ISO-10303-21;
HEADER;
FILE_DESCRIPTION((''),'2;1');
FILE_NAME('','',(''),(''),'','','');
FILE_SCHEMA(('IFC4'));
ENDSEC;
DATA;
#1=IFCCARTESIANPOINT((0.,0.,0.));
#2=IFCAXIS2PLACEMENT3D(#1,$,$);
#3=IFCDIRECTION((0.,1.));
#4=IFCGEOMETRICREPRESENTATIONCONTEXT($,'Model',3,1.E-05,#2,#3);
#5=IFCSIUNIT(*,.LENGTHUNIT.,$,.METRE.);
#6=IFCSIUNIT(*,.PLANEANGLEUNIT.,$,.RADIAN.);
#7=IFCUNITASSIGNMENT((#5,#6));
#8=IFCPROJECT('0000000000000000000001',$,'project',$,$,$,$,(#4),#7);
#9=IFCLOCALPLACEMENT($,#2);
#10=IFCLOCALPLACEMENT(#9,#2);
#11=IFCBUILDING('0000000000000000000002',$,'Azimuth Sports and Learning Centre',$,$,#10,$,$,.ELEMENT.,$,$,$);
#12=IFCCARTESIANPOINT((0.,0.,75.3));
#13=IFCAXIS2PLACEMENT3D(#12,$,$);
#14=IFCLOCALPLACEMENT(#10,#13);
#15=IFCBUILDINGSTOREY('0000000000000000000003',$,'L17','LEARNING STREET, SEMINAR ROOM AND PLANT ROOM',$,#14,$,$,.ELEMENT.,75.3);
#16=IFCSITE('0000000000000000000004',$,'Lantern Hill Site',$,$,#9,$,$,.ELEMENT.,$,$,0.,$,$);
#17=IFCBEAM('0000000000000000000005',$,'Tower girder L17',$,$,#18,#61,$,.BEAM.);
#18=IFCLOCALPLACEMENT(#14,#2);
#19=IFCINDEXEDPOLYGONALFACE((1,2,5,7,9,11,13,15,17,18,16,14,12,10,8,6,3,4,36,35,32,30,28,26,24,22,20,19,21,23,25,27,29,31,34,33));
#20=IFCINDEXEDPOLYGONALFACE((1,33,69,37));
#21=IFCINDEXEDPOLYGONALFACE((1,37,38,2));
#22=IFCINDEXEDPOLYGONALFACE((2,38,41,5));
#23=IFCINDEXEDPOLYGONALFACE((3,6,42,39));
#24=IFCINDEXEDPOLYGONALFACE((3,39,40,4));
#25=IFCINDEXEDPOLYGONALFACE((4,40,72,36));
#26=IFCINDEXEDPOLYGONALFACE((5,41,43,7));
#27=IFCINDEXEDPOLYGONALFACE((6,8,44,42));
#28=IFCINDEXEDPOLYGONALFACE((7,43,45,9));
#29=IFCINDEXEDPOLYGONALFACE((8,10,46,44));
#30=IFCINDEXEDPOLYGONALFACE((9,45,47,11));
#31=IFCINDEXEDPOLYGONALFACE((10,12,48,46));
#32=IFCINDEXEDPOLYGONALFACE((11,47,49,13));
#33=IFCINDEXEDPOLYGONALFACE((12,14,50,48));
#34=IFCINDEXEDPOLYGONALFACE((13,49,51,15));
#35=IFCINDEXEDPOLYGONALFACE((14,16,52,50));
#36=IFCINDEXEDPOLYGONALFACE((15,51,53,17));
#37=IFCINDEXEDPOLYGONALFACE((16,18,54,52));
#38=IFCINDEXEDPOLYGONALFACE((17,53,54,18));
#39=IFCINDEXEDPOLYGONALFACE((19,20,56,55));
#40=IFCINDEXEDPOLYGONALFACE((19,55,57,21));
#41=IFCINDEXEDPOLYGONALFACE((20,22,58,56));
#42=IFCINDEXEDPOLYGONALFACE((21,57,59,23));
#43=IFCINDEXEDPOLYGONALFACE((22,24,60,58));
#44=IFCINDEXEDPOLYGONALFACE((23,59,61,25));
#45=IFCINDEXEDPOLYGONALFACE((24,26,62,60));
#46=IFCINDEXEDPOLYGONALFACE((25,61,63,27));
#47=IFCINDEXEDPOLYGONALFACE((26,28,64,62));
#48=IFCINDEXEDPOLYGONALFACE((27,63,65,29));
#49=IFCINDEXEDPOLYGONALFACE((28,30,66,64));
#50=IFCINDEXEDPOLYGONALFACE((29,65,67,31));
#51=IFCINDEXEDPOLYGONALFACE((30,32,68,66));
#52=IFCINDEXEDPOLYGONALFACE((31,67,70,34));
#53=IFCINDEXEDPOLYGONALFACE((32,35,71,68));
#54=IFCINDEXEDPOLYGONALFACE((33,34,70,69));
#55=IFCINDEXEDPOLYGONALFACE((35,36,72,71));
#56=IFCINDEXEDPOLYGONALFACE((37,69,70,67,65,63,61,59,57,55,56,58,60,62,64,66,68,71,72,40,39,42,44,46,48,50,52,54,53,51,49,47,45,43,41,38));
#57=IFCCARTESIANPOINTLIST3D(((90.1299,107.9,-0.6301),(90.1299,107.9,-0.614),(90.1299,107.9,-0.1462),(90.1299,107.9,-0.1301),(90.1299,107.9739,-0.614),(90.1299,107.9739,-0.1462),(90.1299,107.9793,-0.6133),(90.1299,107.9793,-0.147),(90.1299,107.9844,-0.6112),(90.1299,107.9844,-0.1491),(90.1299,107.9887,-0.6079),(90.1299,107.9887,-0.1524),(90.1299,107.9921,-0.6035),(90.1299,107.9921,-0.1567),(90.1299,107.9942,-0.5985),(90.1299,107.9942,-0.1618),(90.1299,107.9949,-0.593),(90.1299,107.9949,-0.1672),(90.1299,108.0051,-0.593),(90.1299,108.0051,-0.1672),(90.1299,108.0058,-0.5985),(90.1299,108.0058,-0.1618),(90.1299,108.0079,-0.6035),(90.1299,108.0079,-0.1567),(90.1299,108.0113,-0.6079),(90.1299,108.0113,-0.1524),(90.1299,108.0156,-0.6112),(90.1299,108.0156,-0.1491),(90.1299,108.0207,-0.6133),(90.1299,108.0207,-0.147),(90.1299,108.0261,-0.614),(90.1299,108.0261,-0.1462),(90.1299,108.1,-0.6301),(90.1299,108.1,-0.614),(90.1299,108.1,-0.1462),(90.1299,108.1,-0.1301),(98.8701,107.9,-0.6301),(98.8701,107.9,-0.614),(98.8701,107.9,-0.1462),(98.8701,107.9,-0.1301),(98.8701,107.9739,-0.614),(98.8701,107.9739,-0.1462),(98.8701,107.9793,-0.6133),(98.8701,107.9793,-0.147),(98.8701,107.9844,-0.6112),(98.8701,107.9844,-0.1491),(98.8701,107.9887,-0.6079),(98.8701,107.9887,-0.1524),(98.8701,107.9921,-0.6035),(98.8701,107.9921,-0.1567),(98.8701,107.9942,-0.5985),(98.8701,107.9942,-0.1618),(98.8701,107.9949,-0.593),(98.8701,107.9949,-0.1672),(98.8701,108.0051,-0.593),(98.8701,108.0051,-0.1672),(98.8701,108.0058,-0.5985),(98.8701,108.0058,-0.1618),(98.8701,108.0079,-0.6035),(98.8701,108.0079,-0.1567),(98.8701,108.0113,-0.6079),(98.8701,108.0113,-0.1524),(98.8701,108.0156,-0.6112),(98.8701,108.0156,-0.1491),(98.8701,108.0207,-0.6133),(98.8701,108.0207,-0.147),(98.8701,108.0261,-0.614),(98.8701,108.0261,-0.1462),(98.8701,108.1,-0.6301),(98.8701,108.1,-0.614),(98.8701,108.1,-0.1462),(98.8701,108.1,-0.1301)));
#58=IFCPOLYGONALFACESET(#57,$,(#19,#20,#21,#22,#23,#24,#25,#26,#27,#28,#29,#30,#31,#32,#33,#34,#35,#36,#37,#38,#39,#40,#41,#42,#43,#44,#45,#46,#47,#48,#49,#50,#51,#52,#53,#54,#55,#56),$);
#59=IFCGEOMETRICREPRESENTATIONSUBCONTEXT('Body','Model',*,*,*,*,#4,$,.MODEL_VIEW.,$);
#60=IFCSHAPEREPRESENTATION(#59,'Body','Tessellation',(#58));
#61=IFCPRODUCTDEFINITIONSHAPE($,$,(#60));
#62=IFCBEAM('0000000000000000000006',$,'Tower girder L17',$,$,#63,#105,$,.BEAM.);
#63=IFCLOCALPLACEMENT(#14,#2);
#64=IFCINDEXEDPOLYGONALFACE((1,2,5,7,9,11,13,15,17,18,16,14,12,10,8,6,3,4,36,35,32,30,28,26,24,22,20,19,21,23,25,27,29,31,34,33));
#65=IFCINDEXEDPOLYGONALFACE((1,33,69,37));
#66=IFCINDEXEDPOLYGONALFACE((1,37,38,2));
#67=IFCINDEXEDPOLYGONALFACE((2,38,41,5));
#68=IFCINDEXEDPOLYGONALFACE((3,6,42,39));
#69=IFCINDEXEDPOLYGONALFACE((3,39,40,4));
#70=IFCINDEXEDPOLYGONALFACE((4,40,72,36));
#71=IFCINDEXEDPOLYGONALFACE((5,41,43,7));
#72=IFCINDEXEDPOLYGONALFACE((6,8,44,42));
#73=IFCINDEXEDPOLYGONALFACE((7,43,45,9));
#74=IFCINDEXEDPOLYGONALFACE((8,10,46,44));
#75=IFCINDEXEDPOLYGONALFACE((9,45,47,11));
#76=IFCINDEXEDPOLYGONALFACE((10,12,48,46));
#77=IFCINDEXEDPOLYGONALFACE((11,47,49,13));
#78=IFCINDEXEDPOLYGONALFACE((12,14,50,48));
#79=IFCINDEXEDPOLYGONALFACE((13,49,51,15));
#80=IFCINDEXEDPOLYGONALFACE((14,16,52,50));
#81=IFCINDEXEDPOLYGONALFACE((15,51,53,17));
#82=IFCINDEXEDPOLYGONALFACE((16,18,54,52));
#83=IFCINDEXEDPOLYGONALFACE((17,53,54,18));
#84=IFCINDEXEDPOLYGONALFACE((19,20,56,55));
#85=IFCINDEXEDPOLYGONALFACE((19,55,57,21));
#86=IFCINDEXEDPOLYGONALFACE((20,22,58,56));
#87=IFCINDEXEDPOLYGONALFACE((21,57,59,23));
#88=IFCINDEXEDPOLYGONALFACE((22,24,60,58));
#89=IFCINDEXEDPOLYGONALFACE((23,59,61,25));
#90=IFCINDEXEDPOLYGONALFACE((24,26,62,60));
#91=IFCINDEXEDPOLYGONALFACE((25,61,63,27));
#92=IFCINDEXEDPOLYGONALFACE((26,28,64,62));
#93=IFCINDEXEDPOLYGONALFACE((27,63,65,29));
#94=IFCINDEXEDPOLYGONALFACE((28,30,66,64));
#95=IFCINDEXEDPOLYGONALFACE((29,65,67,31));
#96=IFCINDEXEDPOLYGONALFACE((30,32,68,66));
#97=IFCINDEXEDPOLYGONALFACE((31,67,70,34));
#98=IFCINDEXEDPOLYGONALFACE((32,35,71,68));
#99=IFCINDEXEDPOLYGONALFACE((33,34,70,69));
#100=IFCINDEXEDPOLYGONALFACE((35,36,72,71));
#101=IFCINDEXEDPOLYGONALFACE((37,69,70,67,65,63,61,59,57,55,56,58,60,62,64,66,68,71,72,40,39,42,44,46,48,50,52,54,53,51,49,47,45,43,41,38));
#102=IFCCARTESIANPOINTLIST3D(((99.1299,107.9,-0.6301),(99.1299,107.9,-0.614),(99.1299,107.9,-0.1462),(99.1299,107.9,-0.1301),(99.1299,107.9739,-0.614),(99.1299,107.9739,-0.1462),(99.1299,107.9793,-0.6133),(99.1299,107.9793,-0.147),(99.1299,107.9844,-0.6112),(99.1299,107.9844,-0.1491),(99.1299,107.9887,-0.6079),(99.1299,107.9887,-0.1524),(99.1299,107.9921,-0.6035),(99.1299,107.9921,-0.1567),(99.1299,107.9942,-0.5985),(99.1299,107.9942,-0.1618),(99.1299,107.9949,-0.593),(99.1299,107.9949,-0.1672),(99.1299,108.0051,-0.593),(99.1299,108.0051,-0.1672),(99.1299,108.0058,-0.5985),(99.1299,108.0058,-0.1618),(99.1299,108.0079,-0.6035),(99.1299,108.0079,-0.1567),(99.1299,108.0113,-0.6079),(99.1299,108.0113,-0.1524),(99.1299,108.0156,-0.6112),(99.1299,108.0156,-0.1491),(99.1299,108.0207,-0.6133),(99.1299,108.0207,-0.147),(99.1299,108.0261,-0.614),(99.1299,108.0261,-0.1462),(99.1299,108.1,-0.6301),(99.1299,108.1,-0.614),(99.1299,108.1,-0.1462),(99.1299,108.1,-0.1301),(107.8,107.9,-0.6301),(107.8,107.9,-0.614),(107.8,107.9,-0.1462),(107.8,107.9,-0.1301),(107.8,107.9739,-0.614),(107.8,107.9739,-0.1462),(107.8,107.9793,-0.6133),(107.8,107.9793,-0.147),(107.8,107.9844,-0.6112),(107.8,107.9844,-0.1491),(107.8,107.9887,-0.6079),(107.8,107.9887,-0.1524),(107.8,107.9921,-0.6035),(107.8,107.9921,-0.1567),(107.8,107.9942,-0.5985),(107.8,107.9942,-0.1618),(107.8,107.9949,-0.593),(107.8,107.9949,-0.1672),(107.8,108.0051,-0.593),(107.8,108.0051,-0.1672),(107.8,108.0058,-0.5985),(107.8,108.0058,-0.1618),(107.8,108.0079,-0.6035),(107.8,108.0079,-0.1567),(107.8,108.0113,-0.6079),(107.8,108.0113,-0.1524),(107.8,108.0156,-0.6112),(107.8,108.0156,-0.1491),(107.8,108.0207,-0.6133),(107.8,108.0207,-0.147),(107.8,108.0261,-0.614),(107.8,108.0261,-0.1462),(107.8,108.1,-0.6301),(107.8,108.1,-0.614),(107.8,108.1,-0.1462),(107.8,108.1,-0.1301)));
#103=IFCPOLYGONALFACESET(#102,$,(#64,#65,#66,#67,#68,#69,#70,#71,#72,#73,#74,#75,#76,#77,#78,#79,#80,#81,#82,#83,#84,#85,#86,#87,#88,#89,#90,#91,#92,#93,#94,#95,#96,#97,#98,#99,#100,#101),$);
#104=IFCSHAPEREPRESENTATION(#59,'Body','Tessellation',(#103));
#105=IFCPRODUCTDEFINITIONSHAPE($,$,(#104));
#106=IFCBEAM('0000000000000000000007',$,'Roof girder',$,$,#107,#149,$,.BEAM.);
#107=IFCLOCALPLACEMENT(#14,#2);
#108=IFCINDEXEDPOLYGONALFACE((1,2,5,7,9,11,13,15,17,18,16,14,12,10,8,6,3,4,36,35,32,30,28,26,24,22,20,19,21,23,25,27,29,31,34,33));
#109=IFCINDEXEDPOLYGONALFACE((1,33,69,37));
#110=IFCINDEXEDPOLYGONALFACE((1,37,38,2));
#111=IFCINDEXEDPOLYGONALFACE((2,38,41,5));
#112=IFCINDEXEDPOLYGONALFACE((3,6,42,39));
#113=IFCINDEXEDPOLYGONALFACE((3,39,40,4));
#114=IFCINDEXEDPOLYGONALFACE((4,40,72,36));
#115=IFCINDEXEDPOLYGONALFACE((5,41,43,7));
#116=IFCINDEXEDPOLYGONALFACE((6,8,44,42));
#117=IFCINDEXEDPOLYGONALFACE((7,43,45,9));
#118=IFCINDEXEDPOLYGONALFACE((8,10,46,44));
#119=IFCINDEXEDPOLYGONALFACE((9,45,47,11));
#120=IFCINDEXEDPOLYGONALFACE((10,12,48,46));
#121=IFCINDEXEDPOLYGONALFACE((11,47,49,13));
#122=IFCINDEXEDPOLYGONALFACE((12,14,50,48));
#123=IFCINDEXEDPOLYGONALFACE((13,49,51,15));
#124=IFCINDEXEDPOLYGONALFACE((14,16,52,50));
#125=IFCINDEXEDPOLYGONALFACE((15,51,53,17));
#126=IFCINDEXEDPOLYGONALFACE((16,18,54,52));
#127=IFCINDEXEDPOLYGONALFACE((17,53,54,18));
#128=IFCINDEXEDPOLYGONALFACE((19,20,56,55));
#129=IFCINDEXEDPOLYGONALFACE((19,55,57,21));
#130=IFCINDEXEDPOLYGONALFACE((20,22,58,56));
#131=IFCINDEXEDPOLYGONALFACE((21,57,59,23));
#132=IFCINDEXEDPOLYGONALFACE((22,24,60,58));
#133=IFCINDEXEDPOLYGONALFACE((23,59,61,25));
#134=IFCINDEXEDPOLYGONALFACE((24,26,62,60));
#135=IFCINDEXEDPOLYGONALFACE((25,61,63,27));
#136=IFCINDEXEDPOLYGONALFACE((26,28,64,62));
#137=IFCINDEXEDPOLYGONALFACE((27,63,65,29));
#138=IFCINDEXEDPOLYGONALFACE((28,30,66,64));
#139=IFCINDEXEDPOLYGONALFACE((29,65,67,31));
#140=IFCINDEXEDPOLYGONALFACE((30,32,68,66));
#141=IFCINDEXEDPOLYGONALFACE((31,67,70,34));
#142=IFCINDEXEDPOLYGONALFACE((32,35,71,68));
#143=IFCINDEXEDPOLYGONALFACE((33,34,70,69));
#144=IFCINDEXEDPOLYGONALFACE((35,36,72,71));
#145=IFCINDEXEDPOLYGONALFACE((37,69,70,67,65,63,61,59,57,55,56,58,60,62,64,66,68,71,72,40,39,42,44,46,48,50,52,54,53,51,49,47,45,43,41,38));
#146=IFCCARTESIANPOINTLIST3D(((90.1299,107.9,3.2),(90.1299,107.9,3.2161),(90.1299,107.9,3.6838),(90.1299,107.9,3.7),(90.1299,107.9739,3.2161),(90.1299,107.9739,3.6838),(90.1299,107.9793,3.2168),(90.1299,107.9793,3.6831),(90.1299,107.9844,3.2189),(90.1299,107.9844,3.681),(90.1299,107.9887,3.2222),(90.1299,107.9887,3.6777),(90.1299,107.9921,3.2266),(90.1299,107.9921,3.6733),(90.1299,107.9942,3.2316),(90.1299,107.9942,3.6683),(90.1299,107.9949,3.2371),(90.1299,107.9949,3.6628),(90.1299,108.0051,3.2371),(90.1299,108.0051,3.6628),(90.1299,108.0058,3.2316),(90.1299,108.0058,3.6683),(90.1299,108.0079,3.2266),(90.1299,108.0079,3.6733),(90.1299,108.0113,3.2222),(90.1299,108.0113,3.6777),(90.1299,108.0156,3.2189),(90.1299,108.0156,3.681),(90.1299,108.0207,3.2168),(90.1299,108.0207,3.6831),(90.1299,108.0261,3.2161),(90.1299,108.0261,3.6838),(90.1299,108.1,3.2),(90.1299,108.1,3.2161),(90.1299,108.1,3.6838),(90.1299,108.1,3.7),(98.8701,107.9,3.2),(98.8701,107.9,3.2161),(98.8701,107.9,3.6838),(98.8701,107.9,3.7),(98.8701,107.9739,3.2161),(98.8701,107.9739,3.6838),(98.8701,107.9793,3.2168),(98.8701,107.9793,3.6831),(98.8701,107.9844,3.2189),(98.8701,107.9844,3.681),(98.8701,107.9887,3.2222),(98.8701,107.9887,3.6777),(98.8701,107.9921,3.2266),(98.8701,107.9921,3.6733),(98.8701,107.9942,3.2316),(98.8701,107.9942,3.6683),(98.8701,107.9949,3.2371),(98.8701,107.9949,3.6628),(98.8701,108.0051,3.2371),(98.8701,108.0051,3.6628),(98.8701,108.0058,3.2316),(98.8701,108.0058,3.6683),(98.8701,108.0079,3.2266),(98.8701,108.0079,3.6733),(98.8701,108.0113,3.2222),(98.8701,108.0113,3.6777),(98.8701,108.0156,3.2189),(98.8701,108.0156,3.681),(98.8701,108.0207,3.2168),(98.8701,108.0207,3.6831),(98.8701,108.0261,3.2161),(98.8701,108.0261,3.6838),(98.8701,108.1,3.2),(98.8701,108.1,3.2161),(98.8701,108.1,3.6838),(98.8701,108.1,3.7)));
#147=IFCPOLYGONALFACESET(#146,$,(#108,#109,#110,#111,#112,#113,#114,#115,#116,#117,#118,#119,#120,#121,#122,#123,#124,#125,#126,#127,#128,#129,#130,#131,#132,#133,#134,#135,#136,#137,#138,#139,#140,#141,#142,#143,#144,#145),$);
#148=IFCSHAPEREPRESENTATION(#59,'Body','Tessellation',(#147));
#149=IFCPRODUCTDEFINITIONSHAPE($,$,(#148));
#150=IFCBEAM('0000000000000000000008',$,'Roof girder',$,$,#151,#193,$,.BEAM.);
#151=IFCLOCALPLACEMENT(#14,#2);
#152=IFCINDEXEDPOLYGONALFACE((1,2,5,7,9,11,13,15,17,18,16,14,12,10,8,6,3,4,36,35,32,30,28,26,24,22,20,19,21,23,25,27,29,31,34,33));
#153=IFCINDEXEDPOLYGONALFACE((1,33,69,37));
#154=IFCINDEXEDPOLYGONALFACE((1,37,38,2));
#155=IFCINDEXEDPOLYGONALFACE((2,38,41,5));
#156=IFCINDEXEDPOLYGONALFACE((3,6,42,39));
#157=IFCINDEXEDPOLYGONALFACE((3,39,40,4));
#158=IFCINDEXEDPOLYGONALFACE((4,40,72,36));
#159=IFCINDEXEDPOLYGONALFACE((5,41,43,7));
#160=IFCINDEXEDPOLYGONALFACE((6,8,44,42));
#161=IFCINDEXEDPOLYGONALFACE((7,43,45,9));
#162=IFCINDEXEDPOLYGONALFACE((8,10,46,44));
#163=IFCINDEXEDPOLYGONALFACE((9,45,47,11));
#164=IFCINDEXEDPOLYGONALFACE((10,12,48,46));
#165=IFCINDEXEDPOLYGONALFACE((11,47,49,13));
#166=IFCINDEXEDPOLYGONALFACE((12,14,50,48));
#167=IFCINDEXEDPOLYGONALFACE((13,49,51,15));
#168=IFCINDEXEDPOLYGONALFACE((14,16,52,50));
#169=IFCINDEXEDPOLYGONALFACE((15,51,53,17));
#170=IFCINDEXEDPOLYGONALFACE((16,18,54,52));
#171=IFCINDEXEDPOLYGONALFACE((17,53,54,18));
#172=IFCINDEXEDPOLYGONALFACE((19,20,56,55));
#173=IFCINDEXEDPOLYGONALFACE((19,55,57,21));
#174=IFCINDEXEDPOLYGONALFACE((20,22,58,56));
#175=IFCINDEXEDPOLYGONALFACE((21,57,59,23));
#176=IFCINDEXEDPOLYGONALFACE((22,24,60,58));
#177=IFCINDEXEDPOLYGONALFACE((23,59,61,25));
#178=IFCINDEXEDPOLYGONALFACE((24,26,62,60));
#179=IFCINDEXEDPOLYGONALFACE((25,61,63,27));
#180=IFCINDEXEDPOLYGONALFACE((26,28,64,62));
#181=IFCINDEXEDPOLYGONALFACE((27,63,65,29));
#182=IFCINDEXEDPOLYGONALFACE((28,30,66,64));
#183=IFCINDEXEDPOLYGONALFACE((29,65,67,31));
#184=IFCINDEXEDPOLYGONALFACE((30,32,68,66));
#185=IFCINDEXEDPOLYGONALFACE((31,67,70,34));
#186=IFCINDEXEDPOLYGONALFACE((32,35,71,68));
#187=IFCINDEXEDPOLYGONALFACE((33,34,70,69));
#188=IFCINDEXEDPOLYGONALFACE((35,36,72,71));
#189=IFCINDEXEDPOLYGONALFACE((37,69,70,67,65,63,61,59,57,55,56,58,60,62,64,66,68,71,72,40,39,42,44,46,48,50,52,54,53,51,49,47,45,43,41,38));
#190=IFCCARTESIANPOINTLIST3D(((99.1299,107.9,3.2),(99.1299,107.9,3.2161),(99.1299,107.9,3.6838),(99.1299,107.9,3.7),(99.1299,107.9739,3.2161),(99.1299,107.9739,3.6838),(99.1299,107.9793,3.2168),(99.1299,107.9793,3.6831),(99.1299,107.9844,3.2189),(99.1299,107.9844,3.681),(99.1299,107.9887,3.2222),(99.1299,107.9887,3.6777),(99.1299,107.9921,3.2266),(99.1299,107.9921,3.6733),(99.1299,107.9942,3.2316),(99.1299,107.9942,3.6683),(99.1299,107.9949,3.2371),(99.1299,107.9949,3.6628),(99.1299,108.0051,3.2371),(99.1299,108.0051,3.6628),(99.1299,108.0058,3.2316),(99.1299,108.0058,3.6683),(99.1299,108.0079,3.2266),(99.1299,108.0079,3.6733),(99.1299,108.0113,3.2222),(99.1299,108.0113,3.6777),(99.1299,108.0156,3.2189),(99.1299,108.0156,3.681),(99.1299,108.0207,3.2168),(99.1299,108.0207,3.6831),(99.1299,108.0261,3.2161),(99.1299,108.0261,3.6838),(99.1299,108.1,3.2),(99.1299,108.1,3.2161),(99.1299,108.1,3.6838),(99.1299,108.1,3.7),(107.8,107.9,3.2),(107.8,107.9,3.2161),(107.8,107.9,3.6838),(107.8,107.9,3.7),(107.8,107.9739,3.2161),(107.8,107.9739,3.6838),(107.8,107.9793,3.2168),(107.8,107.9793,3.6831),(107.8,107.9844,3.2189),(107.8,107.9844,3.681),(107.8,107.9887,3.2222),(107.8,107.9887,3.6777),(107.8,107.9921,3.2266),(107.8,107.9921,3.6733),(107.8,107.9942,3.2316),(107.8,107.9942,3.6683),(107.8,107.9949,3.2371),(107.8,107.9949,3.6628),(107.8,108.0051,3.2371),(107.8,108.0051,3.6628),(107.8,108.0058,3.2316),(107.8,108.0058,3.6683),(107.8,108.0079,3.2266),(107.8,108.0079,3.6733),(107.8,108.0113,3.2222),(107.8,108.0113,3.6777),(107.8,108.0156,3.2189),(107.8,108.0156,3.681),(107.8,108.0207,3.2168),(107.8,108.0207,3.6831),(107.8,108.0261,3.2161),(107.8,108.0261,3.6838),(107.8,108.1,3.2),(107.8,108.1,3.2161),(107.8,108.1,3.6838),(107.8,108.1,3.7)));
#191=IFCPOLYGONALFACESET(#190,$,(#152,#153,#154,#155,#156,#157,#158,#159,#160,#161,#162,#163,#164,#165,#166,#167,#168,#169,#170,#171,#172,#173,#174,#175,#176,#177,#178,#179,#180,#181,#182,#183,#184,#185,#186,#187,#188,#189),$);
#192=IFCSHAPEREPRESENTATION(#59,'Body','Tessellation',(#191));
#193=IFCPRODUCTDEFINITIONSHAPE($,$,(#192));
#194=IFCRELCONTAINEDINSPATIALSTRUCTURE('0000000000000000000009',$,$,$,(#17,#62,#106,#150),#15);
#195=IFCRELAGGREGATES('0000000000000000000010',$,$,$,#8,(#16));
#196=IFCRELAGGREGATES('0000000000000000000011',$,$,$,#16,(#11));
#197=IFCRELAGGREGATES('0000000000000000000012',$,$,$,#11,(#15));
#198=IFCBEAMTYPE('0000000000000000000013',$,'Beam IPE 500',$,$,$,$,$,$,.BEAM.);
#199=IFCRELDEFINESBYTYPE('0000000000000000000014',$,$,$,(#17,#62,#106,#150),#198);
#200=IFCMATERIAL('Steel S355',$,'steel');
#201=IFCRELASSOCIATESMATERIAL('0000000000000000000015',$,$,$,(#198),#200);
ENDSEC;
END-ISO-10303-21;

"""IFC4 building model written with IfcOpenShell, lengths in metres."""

from ifc_helpers import new_model, si_unit, direction, frame, origin, origin_2d, place, context, subcontext, project, spatial, i_section, extrude, material, material_profile, profile_set, type_object, element, save


model = new_model("IFC4")

# Units and contexts
model_context = context("Model", 3, precision=1e-05, world=origin(), true_north=direction((0.0, 1.0)))
body_context = subcontext(model_context, "Body", "Model", "MODEL_VIEW")
ifc_project = project(units=[si_unit("LENGTHUNIT", "METRE"), si_unit("PLANEANGLEUNIT", "RADIAN")], contexts=[model_context])

# Site, building, storey
site_placement = place(None, origin())
site = spatial("IfcSite", under=ifc_project, at=site_placement, Name="Lantern Hill Site", CompositionType="ELEMENT", RefElevation=0.0)
building_placement = place(site_placement, origin())
building = spatial("IfcBuilding", under=site, at=building_placement, Name="Azimuth Sports and Learning Centre", CompositionType="ELEMENT")
storey_placement = place(building_placement, frame((0.0, 0.0, 75.3)))
storey = spatial("IfcBuildingStorey", under=building, at=storey_placement, Name="L17", Description="LEARNING STREET, SEMINAR ROOM AND PLANT ROOM", CompositionType="ELEMENT", Elevation=75.3)

# Beams
ifc_material_1 = material(Name="Steel S355", Category="steel")
ifc_material_profile_1 = material_profile(ifc_material_1, i_section(OverallWidth=0.2, OverallDepth=0.5, WebThickness=0.0103, FlangeThickness=0.0161, FilletRadius=0.021, at=origin_2d()), Name="IPE 500")
ifc_profile_set_1 = profile_set([ifc_material_profile_1], Name="Steel S355")
beam_type_1 = type_object("IfcBeamType", Name="Beam IPE 500", PredefinedType="BEAM", material=ifc_profile_set_1)
beam_1_placement = place(storey_placement, frame((90.1299, 108.0, -0.3801), z_axis=(1.0, 0.0, 0.0), x_axis=(0.0, 1.0, 0.0)))
element("IfcBeam", 1, at=beam_1_placement, inside=storey, type_object=beam_type_1, Name="Tower girder L17", PredefinedType="BEAM", context=body_context, shape_type="SweptSolid", body=[
    extrude(i_section(OverallWidth=0.2, OverallDepth=0.5, WebThickness=0.0103, FlangeThickness=0.0161, FilletRadius=0.021, at=origin_2d()), origin(), (0.0, 0.0, 1.0), 8.7402),
])
beam_2_placement = place(storey_placement, frame((99.1299, 108.0, -0.3801), z_axis=(1.0, 0.0, 0.0), x_axis=(0.0, 1.0, 0.0)))
element("IfcBeam", 2, at=beam_2_placement, inside=storey, type_object=beam_type_1, Name="Tower girder L17", PredefinedType="BEAM", context=body_context, shape_type="SweptSolid", body=[
    extrude(i_section(OverallWidth=0.2, OverallDepth=0.5, WebThickness=0.0103, FlangeThickness=0.0161, FilletRadius=0.021, at=origin_2d()), origin(), (0.0, 0.0, 1.0), 8.6702),
])
beam_3_placement = place(storey_placement, frame((90.1299, 108.0, 3.45), z_axis=(1.0, 0.0, 0.0), x_axis=(0.0, 1.0, 0.0)))
element("IfcBeam", 3, at=beam_3_placement, inside=storey, type_object=beam_type_1, Name="Roof girder", PredefinedType="BEAM", context=body_context, shape_type="SweptSolid", body=[
    extrude(i_section(OverallWidth=0.2, OverallDepth=0.5, WebThickness=0.0103, FlangeThickness=0.0161, FilletRadius=0.021, at=origin_2d()), origin(), (0.0, 0.0, 1.0), 8.7402),
])
beam_4_placement = place(storey_placement, frame((99.1299, 108.0, 3.45), z_axis=(1.0, 0.0, 0.0), x_axis=(0.0, 1.0, 0.0)))
element("IfcBeam", 4, at=beam_4_placement, inside=storey, type_object=beam_type_1, Name="Roof girder", PredefinedType="BEAM", context=body_context, shape_type="SweptSolid", body=[
    extrude(i_section(OverallWidth=0.2, OverallDepth=0.5, WebThickness=0.0103, FlangeThickness=0.0161, FilletRadius=0.021, at=origin_2d()), origin(), (0.0, 0.0, 1.0), 8.6702),
])

save(model, "model.ifc")
